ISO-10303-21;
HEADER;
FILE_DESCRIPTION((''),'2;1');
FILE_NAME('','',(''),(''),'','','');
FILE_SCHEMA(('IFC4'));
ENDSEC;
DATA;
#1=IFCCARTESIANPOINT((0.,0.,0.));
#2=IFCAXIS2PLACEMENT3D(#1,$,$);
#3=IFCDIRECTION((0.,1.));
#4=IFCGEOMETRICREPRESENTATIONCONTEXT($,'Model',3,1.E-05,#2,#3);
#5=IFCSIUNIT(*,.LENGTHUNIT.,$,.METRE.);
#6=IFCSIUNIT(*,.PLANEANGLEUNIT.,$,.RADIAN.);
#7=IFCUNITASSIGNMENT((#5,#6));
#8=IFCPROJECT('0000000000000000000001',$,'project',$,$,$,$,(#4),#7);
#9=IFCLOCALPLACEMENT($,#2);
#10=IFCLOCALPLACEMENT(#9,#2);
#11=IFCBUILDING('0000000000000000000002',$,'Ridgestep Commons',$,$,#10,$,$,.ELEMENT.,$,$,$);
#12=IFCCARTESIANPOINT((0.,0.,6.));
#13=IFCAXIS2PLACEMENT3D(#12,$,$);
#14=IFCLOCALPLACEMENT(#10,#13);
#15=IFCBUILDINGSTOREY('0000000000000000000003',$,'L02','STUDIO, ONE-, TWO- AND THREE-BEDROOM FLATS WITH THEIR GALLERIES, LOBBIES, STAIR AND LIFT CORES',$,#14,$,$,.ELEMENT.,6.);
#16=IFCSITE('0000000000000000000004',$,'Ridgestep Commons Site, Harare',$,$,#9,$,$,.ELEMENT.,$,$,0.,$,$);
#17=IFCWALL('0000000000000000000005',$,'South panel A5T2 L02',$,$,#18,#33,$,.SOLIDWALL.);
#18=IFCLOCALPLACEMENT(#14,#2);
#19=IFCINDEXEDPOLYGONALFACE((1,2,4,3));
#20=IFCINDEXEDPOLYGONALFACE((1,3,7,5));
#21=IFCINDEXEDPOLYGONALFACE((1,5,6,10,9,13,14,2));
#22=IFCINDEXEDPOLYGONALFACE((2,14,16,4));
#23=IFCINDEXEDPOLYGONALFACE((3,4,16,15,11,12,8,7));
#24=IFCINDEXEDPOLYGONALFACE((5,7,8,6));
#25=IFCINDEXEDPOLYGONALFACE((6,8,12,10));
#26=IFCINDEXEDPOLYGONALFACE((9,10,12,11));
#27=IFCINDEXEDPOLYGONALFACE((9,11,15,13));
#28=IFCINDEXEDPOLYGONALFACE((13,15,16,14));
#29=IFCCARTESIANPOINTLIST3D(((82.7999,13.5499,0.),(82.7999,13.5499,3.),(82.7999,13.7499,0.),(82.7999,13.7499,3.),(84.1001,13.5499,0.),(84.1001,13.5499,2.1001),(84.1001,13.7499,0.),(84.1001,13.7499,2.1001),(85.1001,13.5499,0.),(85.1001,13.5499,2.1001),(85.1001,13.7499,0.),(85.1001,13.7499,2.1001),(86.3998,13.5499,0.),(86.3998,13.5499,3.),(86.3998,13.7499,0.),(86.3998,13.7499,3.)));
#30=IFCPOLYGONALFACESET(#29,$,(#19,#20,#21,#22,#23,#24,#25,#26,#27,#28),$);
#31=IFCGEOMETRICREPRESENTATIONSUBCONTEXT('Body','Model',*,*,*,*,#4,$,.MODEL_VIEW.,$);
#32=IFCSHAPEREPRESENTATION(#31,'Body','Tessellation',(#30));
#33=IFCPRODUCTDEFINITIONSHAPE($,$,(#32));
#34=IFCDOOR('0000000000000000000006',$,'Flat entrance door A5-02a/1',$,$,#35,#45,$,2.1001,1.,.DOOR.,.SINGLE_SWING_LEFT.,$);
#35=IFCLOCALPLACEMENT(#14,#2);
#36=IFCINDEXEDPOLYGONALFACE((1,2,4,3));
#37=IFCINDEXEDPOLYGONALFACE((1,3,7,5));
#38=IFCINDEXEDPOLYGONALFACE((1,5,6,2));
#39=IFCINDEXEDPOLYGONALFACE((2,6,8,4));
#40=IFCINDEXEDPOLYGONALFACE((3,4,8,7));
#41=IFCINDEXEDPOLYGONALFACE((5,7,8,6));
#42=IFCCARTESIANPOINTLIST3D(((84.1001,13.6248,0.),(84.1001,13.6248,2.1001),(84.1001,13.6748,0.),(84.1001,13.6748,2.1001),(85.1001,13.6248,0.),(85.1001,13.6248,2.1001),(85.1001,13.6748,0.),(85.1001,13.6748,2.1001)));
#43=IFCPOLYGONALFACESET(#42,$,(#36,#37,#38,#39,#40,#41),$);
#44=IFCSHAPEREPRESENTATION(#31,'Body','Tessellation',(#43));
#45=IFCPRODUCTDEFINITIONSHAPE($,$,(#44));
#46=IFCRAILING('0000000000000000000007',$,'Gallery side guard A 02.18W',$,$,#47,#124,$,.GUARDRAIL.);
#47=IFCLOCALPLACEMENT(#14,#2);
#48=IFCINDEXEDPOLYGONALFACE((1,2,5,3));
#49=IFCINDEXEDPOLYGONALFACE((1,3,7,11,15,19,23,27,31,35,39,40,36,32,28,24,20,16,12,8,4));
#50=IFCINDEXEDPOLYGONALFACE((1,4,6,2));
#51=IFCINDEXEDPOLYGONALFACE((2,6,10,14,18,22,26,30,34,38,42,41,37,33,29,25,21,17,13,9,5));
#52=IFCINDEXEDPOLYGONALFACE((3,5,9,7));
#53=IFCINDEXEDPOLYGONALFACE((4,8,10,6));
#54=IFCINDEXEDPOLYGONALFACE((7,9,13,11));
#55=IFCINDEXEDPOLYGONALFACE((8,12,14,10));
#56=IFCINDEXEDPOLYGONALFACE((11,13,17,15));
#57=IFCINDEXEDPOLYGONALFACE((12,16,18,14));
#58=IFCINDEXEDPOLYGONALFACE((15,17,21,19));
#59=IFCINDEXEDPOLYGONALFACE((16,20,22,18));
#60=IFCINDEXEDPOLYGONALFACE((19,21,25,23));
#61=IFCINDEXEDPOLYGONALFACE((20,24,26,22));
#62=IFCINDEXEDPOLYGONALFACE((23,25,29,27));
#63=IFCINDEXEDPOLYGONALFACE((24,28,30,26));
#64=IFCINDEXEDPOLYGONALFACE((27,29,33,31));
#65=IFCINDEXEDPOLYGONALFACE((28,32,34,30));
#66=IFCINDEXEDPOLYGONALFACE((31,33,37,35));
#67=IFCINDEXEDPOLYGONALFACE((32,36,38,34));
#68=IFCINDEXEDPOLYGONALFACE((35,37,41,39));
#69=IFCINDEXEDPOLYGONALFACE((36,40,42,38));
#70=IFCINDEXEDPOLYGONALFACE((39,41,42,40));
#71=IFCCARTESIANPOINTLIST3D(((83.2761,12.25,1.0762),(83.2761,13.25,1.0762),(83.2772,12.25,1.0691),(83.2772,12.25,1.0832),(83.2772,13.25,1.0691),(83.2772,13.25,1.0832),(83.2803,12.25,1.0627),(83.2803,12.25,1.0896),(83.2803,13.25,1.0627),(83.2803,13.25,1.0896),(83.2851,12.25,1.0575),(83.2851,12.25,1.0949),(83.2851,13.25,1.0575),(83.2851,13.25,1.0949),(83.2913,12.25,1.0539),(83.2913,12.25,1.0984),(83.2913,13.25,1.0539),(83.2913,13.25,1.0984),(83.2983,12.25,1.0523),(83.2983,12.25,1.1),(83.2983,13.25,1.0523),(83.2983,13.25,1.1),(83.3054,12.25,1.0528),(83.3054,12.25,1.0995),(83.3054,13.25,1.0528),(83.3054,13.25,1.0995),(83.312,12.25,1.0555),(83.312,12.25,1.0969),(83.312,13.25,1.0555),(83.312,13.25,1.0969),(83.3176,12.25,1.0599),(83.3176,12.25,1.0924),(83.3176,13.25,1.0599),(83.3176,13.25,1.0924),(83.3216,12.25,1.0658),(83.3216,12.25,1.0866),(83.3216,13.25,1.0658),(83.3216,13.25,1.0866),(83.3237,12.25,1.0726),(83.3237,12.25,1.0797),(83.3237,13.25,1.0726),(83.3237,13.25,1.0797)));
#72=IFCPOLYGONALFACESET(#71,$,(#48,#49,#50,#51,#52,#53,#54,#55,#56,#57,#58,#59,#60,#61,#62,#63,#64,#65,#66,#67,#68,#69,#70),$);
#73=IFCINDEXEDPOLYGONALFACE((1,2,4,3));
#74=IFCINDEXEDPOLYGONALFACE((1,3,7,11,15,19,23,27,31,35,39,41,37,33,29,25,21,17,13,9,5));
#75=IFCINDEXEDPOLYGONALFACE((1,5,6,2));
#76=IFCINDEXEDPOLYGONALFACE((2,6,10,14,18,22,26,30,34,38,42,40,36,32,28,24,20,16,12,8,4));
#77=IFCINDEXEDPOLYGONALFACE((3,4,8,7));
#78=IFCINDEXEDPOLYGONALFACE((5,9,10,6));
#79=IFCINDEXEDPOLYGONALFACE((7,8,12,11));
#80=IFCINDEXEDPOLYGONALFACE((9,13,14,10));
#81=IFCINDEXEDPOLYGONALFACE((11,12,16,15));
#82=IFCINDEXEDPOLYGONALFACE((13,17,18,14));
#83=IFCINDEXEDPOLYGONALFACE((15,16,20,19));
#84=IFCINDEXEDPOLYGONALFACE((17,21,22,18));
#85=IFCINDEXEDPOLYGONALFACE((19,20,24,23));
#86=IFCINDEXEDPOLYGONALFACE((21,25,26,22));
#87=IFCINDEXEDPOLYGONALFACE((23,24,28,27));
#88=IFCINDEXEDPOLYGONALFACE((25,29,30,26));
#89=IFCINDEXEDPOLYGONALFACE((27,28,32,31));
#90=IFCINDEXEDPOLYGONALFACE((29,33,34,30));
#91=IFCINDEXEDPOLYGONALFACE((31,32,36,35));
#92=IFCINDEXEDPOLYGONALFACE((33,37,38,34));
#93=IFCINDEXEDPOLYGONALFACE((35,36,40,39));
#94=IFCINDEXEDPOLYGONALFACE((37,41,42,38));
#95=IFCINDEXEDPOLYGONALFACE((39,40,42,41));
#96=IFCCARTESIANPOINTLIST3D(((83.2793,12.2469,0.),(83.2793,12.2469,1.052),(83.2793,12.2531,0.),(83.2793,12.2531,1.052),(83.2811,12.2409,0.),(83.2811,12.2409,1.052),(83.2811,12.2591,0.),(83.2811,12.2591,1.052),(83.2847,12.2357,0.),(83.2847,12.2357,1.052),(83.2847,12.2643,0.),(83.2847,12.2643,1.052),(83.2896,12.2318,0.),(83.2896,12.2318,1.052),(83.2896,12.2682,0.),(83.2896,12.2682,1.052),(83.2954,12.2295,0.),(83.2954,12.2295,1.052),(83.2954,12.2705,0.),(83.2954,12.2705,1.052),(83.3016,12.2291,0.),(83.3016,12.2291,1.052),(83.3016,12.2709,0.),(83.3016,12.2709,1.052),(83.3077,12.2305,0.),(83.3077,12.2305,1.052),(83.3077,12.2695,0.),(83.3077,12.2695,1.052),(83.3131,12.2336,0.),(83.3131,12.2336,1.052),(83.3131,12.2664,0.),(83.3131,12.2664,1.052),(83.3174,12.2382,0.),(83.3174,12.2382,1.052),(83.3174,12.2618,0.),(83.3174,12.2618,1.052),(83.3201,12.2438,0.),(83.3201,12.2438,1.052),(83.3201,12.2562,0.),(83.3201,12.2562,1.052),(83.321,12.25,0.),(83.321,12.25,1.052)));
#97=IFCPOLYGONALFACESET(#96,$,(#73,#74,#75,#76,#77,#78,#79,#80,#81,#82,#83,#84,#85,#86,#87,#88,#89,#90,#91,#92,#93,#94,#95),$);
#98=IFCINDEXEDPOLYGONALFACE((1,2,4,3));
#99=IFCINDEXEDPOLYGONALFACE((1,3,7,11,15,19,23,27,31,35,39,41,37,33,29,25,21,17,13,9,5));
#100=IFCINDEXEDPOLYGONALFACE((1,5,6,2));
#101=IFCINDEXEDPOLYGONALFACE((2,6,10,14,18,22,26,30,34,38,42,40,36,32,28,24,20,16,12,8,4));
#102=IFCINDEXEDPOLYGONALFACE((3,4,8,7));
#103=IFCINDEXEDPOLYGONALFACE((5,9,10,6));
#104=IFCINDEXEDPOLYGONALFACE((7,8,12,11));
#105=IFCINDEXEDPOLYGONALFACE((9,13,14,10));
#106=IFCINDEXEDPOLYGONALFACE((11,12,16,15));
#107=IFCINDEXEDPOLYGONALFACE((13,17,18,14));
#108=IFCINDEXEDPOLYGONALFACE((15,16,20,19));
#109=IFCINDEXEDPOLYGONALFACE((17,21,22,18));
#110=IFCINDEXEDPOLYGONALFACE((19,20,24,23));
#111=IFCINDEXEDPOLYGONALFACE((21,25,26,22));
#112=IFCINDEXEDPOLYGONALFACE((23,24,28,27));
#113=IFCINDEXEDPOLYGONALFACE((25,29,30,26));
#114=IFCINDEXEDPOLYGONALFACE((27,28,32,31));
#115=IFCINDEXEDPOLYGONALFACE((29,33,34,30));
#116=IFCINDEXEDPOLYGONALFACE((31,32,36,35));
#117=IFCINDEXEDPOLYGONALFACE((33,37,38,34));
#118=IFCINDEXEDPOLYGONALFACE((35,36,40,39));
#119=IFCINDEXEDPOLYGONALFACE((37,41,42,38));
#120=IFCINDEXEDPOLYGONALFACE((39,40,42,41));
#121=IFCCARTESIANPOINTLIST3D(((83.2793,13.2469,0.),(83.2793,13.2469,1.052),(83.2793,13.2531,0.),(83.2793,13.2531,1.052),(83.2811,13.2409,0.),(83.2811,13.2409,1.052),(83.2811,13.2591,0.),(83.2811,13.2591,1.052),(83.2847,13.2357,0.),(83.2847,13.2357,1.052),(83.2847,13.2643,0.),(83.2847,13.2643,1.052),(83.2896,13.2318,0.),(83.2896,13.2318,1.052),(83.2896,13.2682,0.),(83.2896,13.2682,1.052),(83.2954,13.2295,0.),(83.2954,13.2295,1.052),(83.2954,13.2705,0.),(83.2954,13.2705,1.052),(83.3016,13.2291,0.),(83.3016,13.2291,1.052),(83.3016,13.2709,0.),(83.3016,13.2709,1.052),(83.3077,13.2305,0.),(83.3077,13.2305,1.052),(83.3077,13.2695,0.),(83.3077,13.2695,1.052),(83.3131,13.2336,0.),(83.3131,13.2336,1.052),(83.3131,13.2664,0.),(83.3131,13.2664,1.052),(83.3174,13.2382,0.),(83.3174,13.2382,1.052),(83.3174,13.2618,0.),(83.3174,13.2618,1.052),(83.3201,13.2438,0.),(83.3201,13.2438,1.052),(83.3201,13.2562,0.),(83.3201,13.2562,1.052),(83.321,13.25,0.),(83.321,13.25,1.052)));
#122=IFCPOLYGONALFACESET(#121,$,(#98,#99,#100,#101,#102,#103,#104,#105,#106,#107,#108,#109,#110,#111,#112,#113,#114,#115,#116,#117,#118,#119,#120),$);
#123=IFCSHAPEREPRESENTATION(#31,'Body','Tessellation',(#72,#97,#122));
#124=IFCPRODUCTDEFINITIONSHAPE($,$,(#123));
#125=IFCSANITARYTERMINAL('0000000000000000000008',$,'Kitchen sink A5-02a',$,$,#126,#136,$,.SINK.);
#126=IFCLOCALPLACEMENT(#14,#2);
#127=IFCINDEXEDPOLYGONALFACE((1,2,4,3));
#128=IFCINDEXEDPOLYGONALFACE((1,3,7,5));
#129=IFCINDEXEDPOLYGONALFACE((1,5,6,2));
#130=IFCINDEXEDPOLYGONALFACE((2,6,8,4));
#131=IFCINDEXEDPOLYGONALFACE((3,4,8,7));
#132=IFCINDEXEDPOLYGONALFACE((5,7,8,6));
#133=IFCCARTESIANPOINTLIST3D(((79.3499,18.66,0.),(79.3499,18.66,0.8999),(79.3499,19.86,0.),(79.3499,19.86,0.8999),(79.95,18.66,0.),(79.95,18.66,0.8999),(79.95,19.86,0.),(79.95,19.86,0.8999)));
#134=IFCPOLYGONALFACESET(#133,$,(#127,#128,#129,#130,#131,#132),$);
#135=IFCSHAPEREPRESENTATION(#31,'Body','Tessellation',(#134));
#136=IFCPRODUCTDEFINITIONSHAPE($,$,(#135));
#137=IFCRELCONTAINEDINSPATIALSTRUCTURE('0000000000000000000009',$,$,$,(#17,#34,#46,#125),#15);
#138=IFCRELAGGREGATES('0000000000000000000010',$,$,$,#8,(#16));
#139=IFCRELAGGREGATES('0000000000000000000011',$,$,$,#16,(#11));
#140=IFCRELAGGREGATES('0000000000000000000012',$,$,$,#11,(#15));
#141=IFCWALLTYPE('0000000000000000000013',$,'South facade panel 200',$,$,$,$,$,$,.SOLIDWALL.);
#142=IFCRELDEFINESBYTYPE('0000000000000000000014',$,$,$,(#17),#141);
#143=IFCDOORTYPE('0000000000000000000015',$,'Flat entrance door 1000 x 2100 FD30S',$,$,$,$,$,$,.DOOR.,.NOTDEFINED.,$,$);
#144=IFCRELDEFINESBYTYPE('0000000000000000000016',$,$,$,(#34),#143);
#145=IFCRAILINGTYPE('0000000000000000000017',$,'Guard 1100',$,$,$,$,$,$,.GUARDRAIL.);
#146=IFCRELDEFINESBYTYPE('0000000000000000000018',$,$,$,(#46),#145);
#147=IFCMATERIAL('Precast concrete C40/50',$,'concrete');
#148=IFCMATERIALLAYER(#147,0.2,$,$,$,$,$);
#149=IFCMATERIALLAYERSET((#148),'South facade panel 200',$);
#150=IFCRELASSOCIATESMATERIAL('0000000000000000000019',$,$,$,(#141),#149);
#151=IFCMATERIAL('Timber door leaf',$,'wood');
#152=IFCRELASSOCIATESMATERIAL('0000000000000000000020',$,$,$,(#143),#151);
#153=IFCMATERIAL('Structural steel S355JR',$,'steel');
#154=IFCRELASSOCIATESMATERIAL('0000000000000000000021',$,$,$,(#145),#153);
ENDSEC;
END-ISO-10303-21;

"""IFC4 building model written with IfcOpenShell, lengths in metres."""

from ifc_helpers import new_model, si_unit, direction, frame, frame_2d, origin, origin_2d, place, context, subcontext, project, spatial, rectangle, circle, extrude, material, layer, layer_set, type_object, element, fill, save


model = new_model("IFC4")

# Units and contexts
model_context = context("Model", 3, precision=1e-05, world=origin(), true_north=direction((0.0, 1.0)))
body_context = subcontext(model_context, "Body", "Model", "MODEL_VIEW")
ifc_project = project(units=[si_unit("LENGTHUNIT", "METRE"), si_unit("PLANEANGLEUNIT", "RADIAN")], contexts=[model_context])

# Site, building, storey
site_placement = place(None, origin())
site = spatial("IfcSite", under=ifc_project, at=site_placement, Name="Ridgestep Commons Site, Harare", CompositionType="ELEMENT", RefElevation=0.0)
building_placement = place(site_placement, origin())
building = spatial("IfcBuilding", under=site, at=building_placement, Name="Ridgestep Commons", CompositionType="ELEMENT")
storey_placement = place(building_placement, frame((0.0, 0.0, 6.0)))
storey = spatial("IfcBuildingStorey", under=building, at=storey_placement, Name="L02", Description="STUDIO, ONE-, TWO- AND THREE-BEDROOM FLATS WITH THEIR GALLERIES, LOBBIES, STAIR AND LIFT CORES", CompositionType="ELEMENT", Elevation=6.0)

# Shared definitions
ifc_material_1 = material(Name="Precast concrete C40/50", Category="concrete")
ifc_layer_1 = layer(ifc_material_1, 0.2)
ifc_layer_set_1 = layer_set([ifc_layer_1], Name="South facade panel 200")
wall_type_1 = type_object("IfcWallType", Name="South facade panel 200", PredefinedType="SOLIDWALL", material=ifc_layer_set_1)

# Wall, opening, door
wall_1_placement = place(storey_placement, frame((82.8, 13.6499, 0.0), z_axis=(0.0, 0.0, 1.0), x_axis=(1.0, 0.0, 0.0)))
wall_1 = element("IfcWall", 1, at=wall_1_placement, inside=storey, type_object=wall_type_1, Name="South panel A5T2 L02", PredefinedType="SOLIDWALL", context=body_context, shape_type="SweptSolid", body=[
    extrude(rectangle(XDim=3.5999, YDim=0.2, at=frame_2d((1.7998, 0.0))), origin(), (0.0, 0.0, 1.0), 3.0),
])
opening_1_placement = place(wall_1_placement, frame((1.3, 0.0, 0.0)))
opening_1 = element("IfcOpeningElement", 2, at=opening_1_placement, cuts=wall_1, PredefinedType="OPENING", context=body_context, shape_type="SweptSolid", body=[
    extrude(rectangle(XDim=1.0, YDim=2.1001, at=frame_2d((0.5, 1.05))), frame((0.0, 0.1099, 0.0), z_axis=(0.0, -1.0, 0.0), x_axis=(1.0, 0.0, 0.0)), (0.0, 0.0, 1.0), 0.22),
])
ifc_material_2 = material(Name="Timber door leaf", Category="wood")
door_type_1 = type_object("IfcDoorType", Name="Flat entrance door 1000 x 2100 FD30S", OperationType="NOTDEFINED", PredefinedType="DOOR", material=ifc_material_2)
door_1_placement = place(opening_1_placement, origin())
door_1 = element("IfcDoor", 3, at=door_1_placement, inside=storey, type_object=door_type_1, Name="Flat entrance door A5-02a/1", OperationType="SINGLE_SWING_LEFT", OverallHeight=2.1001, OverallWidth=1.0, PredefinedType="DOOR", context=body_context, shape_type="SweptSolid", body=[
    extrude(rectangle(XDim=1.0, YDim=2.1001, at=frame_2d((0.5, 1.05))), frame((0.0, 0.0249, 0.0), z_axis=(0.0, -1.0, 0.0), x_axis=(1.0, 0.0, 0.0)), (0.0, 0.0, 1.0), 0.05),
])
fill(opening_1, door_1)

# Railing
ifc_material_3 = material(Name="Structural steel S355JR", Category="steel")
railing_type = type_object("IfcRailingType", Name="Guard 1100", PredefinedType="GUARDRAIL", material=ifc_material_3)
railing_placement = place(storey_placement, frame((83.3, 12.25, 0.0)))
element("IfcRailing", 4, at=railing_placement, inside=storey, type_object=railing_type, Name="Gallery side guard A 02.18W", PredefinedType="GUARDRAIL", context=body_context, shape_type="SweptSolid", body=[
    extrude(circle(Radius=0.0239, at=origin_2d()), frame((0.0, 0.0, 1.0762), z_axis=(0.0, 1.0, 0.0), x_axis=(-1.0, 0.0, 0.0)), (0.0, 0.0, 1.0), 1.0),
    extrude(circle(Radius=0.021, at=origin_2d()), origin(), (0.0, 0.0, 1.0), 1.052),
    extrude(circle(Radius=0.021, at=origin_2d()), frame((0.0, 1.0, 0.0)), (0.0, 0.0, 1.0), 1.052),
])

# Sanitary terminal
sanitary_terminal_placement = place(storey_placement, frame((79.6499, 19.26, 0.0), z_axis=(0.0, 0.0, 1.0), x_axis=(1.0, 0.0, 0.0)))
element("IfcSanitaryTerminal", 5, at=sanitary_terminal_placement, inside=storey, Name="Kitchen sink A5-02a", PredefinedType="SINK", context=body_context, shape_type="SweptSolid", body=[
    extrude(rectangle(XDim=0.6001, YDim=1.2, at=origin_2d()), origin(), (0.0, 0.0, 1.0), 0.8999),
])

save(model, "model.ifc")
